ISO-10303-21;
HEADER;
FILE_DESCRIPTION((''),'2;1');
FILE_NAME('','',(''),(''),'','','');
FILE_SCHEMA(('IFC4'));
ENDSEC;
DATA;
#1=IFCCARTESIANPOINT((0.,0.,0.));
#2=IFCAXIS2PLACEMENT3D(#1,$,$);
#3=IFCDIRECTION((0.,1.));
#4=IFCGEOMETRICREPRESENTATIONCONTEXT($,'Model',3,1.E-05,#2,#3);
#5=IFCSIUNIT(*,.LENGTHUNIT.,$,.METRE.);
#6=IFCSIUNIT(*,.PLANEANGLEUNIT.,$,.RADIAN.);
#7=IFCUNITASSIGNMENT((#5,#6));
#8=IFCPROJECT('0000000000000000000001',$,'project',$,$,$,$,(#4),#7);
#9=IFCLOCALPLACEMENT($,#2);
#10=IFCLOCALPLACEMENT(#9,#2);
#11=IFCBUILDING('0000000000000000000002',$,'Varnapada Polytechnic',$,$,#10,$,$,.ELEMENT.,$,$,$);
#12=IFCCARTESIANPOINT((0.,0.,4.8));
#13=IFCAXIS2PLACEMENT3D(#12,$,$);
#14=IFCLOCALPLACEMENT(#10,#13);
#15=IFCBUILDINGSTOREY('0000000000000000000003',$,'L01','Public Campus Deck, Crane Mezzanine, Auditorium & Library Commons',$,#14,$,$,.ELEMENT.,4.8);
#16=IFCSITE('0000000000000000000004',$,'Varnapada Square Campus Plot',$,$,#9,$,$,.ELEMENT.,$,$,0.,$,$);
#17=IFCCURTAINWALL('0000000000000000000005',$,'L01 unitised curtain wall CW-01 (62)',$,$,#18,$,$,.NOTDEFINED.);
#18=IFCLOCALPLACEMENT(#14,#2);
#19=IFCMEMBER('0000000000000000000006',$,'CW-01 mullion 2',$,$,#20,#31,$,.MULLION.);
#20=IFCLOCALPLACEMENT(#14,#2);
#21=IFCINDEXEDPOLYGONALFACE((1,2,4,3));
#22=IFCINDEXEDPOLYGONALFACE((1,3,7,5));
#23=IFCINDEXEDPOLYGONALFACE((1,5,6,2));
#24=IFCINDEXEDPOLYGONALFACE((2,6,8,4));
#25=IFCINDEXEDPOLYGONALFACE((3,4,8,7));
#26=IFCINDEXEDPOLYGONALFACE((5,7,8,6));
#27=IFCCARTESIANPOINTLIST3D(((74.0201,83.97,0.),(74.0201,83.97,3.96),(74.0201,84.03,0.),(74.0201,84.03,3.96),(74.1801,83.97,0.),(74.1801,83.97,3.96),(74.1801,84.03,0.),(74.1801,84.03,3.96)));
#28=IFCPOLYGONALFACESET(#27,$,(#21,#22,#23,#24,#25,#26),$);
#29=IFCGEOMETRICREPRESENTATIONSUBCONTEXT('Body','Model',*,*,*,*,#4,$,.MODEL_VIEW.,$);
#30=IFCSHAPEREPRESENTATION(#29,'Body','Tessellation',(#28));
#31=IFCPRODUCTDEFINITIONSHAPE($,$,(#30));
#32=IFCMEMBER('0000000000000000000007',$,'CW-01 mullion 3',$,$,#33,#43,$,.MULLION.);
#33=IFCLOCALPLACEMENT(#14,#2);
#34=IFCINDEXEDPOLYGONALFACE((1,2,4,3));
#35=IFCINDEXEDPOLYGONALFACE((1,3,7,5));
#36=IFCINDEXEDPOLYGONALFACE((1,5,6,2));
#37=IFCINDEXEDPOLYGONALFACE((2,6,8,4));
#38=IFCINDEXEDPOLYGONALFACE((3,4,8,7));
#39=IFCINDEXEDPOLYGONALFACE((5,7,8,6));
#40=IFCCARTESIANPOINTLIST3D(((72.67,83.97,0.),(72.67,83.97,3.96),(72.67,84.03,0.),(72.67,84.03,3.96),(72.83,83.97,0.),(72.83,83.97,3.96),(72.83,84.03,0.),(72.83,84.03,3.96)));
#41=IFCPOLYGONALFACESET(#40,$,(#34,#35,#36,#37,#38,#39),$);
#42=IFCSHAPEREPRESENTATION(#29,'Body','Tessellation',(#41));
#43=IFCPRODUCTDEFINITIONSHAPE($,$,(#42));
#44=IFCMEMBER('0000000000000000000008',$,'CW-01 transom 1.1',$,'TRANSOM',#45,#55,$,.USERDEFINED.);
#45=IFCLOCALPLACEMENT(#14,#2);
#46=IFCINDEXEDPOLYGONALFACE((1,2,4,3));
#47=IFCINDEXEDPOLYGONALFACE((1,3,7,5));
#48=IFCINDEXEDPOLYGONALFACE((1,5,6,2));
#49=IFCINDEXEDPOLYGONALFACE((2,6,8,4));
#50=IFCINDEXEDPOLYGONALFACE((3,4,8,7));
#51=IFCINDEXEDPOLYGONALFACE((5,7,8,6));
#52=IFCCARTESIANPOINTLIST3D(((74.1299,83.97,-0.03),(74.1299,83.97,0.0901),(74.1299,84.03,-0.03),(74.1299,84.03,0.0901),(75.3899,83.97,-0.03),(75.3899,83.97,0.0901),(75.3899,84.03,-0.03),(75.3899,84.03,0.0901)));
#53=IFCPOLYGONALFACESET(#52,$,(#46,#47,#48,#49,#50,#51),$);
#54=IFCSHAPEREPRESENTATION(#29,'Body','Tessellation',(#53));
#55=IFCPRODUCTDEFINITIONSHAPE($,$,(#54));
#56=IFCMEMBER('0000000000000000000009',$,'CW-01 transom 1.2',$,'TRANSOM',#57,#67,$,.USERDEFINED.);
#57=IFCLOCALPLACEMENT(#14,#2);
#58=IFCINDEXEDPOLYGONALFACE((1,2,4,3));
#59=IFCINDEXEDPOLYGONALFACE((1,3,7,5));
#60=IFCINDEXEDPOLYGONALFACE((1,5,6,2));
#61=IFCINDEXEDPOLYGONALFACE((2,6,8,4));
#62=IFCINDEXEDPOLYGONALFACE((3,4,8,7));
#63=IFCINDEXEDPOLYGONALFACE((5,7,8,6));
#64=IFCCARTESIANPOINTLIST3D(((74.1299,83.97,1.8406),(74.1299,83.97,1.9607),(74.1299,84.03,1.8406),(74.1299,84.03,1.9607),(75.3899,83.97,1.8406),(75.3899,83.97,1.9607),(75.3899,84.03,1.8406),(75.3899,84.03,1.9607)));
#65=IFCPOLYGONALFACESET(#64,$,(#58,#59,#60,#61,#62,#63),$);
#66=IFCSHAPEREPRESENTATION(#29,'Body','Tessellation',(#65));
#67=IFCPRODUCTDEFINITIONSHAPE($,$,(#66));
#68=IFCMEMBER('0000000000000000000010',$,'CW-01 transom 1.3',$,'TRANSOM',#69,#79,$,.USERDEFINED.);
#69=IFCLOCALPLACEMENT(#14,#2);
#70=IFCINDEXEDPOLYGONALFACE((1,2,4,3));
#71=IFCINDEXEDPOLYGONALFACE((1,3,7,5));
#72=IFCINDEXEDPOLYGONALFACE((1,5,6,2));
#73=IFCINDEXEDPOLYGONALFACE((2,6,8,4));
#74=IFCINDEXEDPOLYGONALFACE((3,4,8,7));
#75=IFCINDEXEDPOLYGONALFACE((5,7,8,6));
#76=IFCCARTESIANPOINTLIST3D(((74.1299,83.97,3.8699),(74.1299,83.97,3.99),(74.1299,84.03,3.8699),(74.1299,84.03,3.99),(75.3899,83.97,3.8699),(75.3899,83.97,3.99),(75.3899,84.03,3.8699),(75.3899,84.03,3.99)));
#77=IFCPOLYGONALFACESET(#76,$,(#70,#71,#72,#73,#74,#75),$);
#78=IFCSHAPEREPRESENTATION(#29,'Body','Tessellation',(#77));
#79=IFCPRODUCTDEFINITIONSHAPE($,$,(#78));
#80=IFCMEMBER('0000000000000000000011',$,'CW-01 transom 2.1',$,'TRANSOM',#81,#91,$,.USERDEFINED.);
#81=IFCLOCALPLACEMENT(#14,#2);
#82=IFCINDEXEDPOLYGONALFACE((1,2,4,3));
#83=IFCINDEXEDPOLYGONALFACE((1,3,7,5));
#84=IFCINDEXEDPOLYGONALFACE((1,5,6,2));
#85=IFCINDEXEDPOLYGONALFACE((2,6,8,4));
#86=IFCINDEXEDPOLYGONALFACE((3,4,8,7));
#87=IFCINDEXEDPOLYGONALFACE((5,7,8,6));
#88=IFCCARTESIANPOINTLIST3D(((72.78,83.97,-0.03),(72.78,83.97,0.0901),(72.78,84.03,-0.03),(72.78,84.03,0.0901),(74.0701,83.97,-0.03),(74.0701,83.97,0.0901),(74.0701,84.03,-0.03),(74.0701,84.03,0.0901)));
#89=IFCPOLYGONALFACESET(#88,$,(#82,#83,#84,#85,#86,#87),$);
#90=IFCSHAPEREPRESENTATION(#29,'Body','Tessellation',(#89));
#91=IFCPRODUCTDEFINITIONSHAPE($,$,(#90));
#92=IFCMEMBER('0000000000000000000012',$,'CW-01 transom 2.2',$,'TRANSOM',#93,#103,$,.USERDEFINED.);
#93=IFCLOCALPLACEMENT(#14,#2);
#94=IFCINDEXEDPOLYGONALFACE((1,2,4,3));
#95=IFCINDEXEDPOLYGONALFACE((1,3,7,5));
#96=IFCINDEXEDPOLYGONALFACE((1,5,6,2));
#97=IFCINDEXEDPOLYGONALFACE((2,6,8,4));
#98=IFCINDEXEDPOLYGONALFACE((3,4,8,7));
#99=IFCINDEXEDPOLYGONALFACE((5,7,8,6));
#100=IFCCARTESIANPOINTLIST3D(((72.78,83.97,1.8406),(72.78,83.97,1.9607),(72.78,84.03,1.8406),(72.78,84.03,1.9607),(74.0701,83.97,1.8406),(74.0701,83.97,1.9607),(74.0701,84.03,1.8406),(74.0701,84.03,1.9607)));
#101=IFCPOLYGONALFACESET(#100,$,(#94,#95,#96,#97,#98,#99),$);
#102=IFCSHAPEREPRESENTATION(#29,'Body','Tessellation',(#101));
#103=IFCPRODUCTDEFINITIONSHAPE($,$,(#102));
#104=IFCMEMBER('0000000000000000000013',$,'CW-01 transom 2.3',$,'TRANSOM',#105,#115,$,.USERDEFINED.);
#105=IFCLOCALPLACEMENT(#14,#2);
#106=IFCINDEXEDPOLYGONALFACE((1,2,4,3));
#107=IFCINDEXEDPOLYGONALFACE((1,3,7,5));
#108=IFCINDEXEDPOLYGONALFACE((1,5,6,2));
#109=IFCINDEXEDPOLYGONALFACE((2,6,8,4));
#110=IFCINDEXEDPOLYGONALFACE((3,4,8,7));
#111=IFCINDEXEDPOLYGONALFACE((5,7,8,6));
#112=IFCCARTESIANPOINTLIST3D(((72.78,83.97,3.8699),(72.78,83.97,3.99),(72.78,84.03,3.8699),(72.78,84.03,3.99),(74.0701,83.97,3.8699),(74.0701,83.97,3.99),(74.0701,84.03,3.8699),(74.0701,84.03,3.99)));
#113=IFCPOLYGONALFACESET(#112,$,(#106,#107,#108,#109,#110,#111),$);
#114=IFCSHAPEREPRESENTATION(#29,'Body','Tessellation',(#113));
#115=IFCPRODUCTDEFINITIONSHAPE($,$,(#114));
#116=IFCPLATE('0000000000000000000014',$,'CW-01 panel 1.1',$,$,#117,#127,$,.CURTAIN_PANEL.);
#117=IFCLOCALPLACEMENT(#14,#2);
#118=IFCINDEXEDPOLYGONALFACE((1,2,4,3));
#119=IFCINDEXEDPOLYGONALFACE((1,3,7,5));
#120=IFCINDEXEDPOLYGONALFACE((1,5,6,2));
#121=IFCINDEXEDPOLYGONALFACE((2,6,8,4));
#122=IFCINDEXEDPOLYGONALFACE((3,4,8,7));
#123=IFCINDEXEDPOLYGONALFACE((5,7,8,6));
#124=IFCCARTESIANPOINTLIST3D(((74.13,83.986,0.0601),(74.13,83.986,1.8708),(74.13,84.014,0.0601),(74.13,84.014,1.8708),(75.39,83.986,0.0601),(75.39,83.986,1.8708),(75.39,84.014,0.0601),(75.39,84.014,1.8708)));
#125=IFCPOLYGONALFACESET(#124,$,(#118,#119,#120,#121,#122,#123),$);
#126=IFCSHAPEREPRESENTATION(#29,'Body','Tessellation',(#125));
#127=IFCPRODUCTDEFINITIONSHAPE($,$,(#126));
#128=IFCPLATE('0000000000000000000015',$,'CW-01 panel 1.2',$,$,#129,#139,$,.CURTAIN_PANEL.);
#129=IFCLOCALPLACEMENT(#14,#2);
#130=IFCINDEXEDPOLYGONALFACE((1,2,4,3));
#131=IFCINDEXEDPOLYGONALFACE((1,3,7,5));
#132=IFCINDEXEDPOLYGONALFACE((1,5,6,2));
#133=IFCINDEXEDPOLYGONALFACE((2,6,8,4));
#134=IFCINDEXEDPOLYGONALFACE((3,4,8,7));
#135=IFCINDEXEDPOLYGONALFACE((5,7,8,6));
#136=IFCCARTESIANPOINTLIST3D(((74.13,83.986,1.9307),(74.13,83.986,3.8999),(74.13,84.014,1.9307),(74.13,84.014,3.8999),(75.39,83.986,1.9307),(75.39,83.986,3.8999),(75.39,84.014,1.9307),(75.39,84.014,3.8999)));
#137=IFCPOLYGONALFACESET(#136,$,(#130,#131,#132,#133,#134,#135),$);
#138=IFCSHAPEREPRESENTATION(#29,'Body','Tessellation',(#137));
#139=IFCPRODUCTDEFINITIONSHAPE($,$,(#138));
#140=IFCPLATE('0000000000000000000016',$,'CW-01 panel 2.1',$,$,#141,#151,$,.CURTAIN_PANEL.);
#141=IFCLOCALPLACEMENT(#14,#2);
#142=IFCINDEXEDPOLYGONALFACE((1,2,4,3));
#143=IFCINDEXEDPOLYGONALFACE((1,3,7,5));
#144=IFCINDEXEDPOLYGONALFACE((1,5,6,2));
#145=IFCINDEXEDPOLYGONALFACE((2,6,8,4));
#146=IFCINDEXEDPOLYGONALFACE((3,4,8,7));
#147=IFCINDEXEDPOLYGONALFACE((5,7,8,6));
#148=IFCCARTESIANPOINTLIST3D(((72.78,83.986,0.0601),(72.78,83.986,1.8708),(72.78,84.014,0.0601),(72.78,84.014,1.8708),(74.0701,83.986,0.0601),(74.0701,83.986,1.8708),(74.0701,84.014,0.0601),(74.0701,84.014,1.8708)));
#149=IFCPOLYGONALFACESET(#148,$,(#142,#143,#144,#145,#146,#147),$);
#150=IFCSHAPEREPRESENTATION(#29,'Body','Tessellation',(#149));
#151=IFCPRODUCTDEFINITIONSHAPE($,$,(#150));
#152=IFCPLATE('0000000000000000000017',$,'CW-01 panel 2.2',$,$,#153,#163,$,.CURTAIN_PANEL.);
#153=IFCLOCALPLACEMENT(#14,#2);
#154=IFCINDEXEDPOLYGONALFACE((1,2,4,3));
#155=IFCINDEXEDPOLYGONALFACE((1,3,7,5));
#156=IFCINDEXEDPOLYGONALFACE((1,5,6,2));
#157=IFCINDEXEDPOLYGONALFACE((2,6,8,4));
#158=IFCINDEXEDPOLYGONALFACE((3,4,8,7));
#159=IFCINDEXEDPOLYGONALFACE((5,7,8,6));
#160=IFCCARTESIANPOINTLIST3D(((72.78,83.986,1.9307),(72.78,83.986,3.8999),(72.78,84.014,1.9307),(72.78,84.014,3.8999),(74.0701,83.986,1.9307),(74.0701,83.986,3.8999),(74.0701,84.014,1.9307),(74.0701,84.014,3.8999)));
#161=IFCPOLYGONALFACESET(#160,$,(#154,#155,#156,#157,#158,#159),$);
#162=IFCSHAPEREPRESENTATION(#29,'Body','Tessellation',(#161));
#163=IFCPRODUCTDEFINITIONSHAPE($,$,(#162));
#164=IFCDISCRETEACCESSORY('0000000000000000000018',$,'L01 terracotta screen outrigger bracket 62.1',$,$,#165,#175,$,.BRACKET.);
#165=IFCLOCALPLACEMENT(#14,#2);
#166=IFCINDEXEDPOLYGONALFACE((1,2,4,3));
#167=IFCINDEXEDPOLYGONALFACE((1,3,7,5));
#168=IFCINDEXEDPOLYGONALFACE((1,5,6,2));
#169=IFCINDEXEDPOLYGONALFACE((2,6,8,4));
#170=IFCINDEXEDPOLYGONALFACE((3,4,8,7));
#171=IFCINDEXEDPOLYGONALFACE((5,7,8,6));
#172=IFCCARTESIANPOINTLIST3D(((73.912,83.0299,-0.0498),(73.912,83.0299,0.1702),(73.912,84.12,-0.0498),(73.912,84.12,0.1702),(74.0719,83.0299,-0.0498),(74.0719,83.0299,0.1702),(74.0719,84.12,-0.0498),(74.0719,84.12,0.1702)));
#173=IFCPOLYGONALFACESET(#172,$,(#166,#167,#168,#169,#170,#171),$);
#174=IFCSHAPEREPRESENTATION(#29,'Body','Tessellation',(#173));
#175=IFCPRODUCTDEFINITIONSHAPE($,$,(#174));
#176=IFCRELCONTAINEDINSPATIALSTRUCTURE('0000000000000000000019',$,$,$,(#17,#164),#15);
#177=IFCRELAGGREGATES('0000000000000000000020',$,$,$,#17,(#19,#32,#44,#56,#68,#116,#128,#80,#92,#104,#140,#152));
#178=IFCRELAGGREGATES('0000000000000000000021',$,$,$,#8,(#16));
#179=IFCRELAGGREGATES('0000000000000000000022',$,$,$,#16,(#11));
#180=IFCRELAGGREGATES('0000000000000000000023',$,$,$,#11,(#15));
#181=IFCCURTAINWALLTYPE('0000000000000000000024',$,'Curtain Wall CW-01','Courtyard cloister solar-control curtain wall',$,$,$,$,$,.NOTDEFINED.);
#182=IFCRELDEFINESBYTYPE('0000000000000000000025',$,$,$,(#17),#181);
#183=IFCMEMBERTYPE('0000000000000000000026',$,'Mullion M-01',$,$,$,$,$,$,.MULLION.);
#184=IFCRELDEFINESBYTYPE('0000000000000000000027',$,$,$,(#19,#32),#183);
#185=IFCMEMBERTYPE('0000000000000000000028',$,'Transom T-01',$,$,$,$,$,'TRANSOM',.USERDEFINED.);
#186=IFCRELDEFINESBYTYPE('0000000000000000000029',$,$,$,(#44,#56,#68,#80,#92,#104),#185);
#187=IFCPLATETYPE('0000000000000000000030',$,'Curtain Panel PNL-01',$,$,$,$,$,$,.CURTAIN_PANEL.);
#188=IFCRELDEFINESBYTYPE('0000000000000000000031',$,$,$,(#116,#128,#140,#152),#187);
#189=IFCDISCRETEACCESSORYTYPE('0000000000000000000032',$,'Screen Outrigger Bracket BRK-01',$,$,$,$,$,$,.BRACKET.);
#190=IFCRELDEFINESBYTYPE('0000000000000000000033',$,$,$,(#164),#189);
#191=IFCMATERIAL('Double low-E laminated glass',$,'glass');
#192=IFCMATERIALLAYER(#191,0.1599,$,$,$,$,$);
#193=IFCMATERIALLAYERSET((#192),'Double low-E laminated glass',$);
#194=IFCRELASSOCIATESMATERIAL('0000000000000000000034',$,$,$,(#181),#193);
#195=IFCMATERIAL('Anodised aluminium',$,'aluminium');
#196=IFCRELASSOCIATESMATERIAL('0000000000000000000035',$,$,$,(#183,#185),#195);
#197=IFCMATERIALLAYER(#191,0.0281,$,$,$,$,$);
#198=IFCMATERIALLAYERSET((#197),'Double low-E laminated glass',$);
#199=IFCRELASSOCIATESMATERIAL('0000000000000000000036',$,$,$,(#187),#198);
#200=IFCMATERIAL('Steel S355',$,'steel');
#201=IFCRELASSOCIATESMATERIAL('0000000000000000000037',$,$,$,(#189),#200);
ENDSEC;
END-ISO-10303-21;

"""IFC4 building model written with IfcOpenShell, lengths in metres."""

from ifc_helpers import new_model, si_unit, direction, frame, origin, origin_2d, place, context, subcontext, project, spatial, rectangle, extrude, material, layer, layer_set, material_profile, profile_set, type_object, element, aggregate, save


model = new_model("IFC4")

# Units and contexts
model_context = context("Model", 3, precision=1e-05, world=origin(), true_north=direction((0.0, 1.0)))
body_context = subcontext(model_context, "Body", "Model", "MODEL_VIEW")
ifc_project = project(units=[si_unit("LENGTHUNIT", "METRE"), si_unit("PLANEANGLEUNIT", "RADIAN")], contexts=[model_context])

# Site, building, storey
site_placement = place(None, origin())
site = spatial("IfcSite", under=ifc_project, at=site_placement, Name="Varnapada Square Campus Plot", CompositionType="ELEMENT", RefElevation=0.0)
building_placement = place(site_placement, origin())
building = spatial("IfcBuilding", under=site, at=building_placement, Name="Varnapada Polytechnic", CompositionType="ELEMENT")
storey_placement = place(building_placement, frame((0.0, 0.0, 4.8)))
storey = spatial("IfcBuildingStorey", under=building, at=storey_placement, Name="L01", Description="Public Campus Deck, Crane Mezzanine, Auditorium & Library Commons", CompositionType="ELEMENT", Elevation=4.8)

# Curtain wall, members, plates
ifc_material_1 = material(Name="Double low-E laminated glass", Category="glass")
ifc_layer_1 = layer(ifc_material_1, 0.1599)
ifc_layer_set_1 = layer_set([ifc_layer_1], Name="Double low-E laminated glass")
curtain_wall_type = type_object("IfcCurtainWallType", Name="Curtain Wall CW-01", Description="Courtyard cloister solar-control curtain wall", PredefinedType="NOTDEFINED", material=ifc_layer_set_1)
curtain_wall_placement = place(storey_placement, origin())
curtain_wall = element("IfcCurtainWall", 1, at=curtain_wall_placement, inside=storey, type_object=curtain_wall_type, Name="L01 unitised curtain wall CW-01 (62)", PredefinedType="NOTDEFINED")
ifc_material_2 = material(Name="Anodised aluminium", Category="aluminium")
ifc_material_profile_1 = material_profile(ifc_material_2, rectangle(XDim=0.0601, YDim=0.1599, at=origin_2d()), Name="ALU M60x160")
ifc_profile_set_1 = profile_set([ifc_material_profile_1], Name="Anodised aluminium")
member_type_1 = type_object("IfcMemberType", Name="Mullion M-01", PredefinedType="MULLION", material=ifc_profile_set_1)
member_1_placement = place(storey_placement, frame((74.1001, 84.0, 0.0), z_axis=(0.0, 0.0, 1.0), x_axis=(0.0, -1.0, 0.0)))
member_1 = element("IfcMember", 2, at=member_1_placement, type_object=member_type_1, Name="CW-01 mullion 2", PredefinedType="MULLION", context=body_context, shape_type="SweptSolid", body=[
    extrude(rectangle(XDim=0.0601, YDim=0.1599, at=origin_2d()), origin(), (0.0, 0.0, 1.0), 3.96),
])
member_2_placement = place(storey_placement, frame((72.75, 84.0, 0.0), z_axis=(0.0, 0.0, 1.0), x_axis=(0.0, -1.0, 0.0)))
member_2 = element("IfcMember", 3, at=member_2_placement, type_object=member_type_1, Name="CW-01 mullion 3", PredefinedType="MULLION", context=body_context, shape_type="SweptSolid", body=[
    extrude(rectangle(XDim=0.0601, YDim=0.1599, at=origin_2d()), origin(), (0.0, 0.0, 1.0), 3.96),
])
ifc_material_profile_2 = material_profile(ifc_material_2, rectangle(XDim=0.0601, YDim=0.1201, at=origin_2d()), Name="ALU T60x120")
ifc_profile_set_2 = profile_set([ifc_material_profile_2], Name="Anodised aluminium")
member_type_2 = type_object("IfcMemberType", Name="Transom T-01", ElementType="TRANSOM", PredefinedType="USERDEFINED", material=ifc_profile_set_2)
member_3_placement = place(storey_placement, frame((75.3899, 84.0, 0.03), z_axis=(-1.0, 0.0, 0.0), x_axis=(0.0, -1.0, 0.0)))
member_3 = element("IfcMember", 4, at=member_3_placement, type_object=member_type_2, Name="CW-01 transom 1.1", ObjectType="TRANSOM", PredefinedType="USERDEFINED", context=body_context, shape_type="SweptSolid", body=[
    extrude(rectangle(XDim=0.0601, YDim=0.1201, at=origin_2d()), origin(), (0.0, 0.0, 1.0), 1.26),
])
member_4_placement = place(storey_placement, frame((75.3899, 84.0, 1.9006), z_axis=(-1.0, 0.0, 0.0), x_axis=(0.0, -1.0, 0.0)))
member_4 = element("IfcMember", 5, at=member_4_placement, type_object=member_type_2, Name="CW-01 transom 1.2", ObjectType="TRANSOM", PredefinedType="USERDEFINED", context=body_context, shape_type="SweptSolid", body=[
    extrude(rectangle(XDim=0.0601, YDim=0.1201, at=origin_2d()), origin(), (0.0, 0.0, 1.0), 1.26),
])
member_5_placement = place(storey_placement, frame((75.3899, 84.0, 3.9299), z_axis=(-1.0, 0.0, 0.0), x_axis=(0.0, -1.0, 0.0)))
member_5 = element("IfcMember", 6, at=member_5_placement, type_object=member_type_2, Name="CW-01 transom 1.3", ObjectType="TRANSOM", PredefinedType="USERDEFINED", context=body_context, shape_type="SweptSolid", body=[
    extrude(rectangle(XDim=0.0601, YDim=0.1201, at=origin_2d()), origin(), (0.0, 0.0, 1.0), 1.26),
])
member_6_placement = place(storey_placement, frame((74.0701, 84.0, 0.03), z_axis=(-1.0, 0.0, 0.0), x_axis=(0.0, -1.0, 0.0)))
member_6 = element("IfcMember", 7, at=member_6_placement, type_object=member_type_2, Name="CW-01 transom 2.1", ObjectType="TRANSOM", PredefinedType="USERDEFINED", context=body_context, shape_type="SweptSolid", body=[
    extrude(rectangle(XDim=0.0601, YDim=0.1201, at=origin_2d()), origin(), (0.0, 0.0, 1.0), 1.29),
])
member_7_placement = place(storey_placement, frame((74.0701, 84.0, 1.9006), z_axis=(-1.0, 0.0, 0.0), x_axis=(0.0, -1.0, 0.0)))
member_7 = element("IfcMember", 8, at=member_7_placement, type_object=member_type_2, Name="CW-01 transom 2.2", ObjectType="TRANSOM", PredefinedType="USERDEFINED", context=body_context, shape_type="SweptSolid", body=[
    extrude(rectangle(XDim=0.0601, YDim=0.1201, at=origin_2d()), origin(), (0.0, 0.0, 1.0), 1.29),
])
member_8_placement = place(storey_placement, frame((74.0701, 84.0, 3.9299), z_axis=(-1.0, 0.0, 0.0), x_axis=(0.0, -1.0, 0.0)))
member_8 = element("IfcMember", 9, at=member_8_placement, type_object=member_type_2, Name="CW-01 transom 2.3", ObjectType="TRANSOM", PredefinedType="USERDEFINED", context=body_context, shape_type="SweptSolid", body=[
    extrude(rectangle(XDim=0.0601, YDim=0.1201, at=origin_2d()), origin(), (0.0, 0.0, 1.0), 1.29),
])
ifc_layer_2 = layer(ifc_material_1, 0.0281)
ifc_layer_set_2 = layer_set([ifc_layer_2], Name="Double low-E laminated glass")
plate_type = type_object("IfcPlateType", Name="Curtain Panel PNL-01", PredefinedType="CURTAIN_PANEL", material=ifc_layer_set_2)
plate_1_placement = place(storey_placement, frame((74.76, 84.0, 0.0601), z_axis=(0.0, 0.0, 1.0), x_axis=(-1.0, 0.0, 0.0)))
plate_1 = element("IfcPlate", 10, at=plate_1_placement, type_object=plate_type, Name="CW-01 panel 1.1", PredefinedType="CURTAIN_PANEL", context=body_context, shape_type="SweptSolid", body=[
    extrude(rectangle(XDim=1.26, YDim=0.0281, at=origin_2d()), origin(), (0.0, 0.0, 1.0), 1.8108),
])
plate_2_placement = place(storey_placement, frame((74.76, 84.0, 1.9307), z_axis=(0.0, 0.0, 1.0), x_axis=(-1.0, 0.0, 0.0)))
plate_2 = element("IfcPlate", 11, at=plate_2_placement, type_object=plate_type, Name="CW-01 panel 1.2", PredefinedType="CURTAIN_PANEL", context=body_context, shape_type="SweptSolid", body=[
    extrude(rectangle(XDim=1.26, YDim=0.0281, at=origin_2d()), origin(), (0.0, 0.0, 1.0), 1.9692),
])
plate_3_placement = place(storey_placement, frame((73.425, 84.0, 0.0601), z_axis=(0.0, 0.0, 1.0), x_axis=(-1.0, 0.0, 0.0)))
plate_3 = element("IfcPlate", 12, at=plate_3_placement, type_object=plate_type, Name="CW-01 panel 2.1", PredefinedType="CURTAIN_PANEL", context=body_context, shape_type="SweptSolid", body=[
    extrude(rectangle(XDim=1.29, YDim=0.0281, at=origin_2d()), origin(), (0.0, 0.0, 1.0), 1.8108),
])
plate_4_placement = place(storey_placement, frame((73.425, 84.0, 1.9307), z_axis=(0.0, 0.0, 1.0), x_axis=(-1.0, 0.0, 0.0)))
plate_4 = element("IfcPlate", 13, at=plate_4_placement, type_object=plate_type, Name="CW-01 panel 2.2", PredefinedType="CURTAIN_PANEL", context=body_context, shape_type="SweptSolid", body=[
    extrude(rectangle(XDim=1.29, YDim=0.0281, at=origin_2d()), origin(), (0.0, 0.0, 1.0), 1.9692),
])
aggregate(curtain_wall, [member_1, member_2, member_3, member_4, member_5, plate_1, plate_2, member_6, member_7, member_8, plate_3, plate_4])

# Discrete accessory
ifc_material_3 = material(Name="Steel S355", Category="steel")
discrete_accessory_type = type_object("IfcDiscreteAccessoryType", Name="Screen Outrigger Bracket BRK-01", PredefinedType="BRACKET", material=ifc_material_3)
discrete_accessory_placement = place(storey_placement, frame((73.9919, 83.575, -0.0498), z_axis=(0.0, 0.0, 1.0), x_axis=(-1.0, 0.0, 0.0)))
element("IfcDiscreteAccessory", 14, at=discrete_accessory_placement, inside=storey, type_object=discrete_accessory_type, Name="L01 terracotta screen outrigger bracket 62.1", PredefinedType="BRACKET", context=body_context, shape_type="SweptSolid", body=[
    extrude(rectangle(XDim=0.1599, YDim=1.0901, at=origin_2d()), origin(), (0.0, 0.0, 1.0), 0.22),
])

save(model, "model.ifc")
